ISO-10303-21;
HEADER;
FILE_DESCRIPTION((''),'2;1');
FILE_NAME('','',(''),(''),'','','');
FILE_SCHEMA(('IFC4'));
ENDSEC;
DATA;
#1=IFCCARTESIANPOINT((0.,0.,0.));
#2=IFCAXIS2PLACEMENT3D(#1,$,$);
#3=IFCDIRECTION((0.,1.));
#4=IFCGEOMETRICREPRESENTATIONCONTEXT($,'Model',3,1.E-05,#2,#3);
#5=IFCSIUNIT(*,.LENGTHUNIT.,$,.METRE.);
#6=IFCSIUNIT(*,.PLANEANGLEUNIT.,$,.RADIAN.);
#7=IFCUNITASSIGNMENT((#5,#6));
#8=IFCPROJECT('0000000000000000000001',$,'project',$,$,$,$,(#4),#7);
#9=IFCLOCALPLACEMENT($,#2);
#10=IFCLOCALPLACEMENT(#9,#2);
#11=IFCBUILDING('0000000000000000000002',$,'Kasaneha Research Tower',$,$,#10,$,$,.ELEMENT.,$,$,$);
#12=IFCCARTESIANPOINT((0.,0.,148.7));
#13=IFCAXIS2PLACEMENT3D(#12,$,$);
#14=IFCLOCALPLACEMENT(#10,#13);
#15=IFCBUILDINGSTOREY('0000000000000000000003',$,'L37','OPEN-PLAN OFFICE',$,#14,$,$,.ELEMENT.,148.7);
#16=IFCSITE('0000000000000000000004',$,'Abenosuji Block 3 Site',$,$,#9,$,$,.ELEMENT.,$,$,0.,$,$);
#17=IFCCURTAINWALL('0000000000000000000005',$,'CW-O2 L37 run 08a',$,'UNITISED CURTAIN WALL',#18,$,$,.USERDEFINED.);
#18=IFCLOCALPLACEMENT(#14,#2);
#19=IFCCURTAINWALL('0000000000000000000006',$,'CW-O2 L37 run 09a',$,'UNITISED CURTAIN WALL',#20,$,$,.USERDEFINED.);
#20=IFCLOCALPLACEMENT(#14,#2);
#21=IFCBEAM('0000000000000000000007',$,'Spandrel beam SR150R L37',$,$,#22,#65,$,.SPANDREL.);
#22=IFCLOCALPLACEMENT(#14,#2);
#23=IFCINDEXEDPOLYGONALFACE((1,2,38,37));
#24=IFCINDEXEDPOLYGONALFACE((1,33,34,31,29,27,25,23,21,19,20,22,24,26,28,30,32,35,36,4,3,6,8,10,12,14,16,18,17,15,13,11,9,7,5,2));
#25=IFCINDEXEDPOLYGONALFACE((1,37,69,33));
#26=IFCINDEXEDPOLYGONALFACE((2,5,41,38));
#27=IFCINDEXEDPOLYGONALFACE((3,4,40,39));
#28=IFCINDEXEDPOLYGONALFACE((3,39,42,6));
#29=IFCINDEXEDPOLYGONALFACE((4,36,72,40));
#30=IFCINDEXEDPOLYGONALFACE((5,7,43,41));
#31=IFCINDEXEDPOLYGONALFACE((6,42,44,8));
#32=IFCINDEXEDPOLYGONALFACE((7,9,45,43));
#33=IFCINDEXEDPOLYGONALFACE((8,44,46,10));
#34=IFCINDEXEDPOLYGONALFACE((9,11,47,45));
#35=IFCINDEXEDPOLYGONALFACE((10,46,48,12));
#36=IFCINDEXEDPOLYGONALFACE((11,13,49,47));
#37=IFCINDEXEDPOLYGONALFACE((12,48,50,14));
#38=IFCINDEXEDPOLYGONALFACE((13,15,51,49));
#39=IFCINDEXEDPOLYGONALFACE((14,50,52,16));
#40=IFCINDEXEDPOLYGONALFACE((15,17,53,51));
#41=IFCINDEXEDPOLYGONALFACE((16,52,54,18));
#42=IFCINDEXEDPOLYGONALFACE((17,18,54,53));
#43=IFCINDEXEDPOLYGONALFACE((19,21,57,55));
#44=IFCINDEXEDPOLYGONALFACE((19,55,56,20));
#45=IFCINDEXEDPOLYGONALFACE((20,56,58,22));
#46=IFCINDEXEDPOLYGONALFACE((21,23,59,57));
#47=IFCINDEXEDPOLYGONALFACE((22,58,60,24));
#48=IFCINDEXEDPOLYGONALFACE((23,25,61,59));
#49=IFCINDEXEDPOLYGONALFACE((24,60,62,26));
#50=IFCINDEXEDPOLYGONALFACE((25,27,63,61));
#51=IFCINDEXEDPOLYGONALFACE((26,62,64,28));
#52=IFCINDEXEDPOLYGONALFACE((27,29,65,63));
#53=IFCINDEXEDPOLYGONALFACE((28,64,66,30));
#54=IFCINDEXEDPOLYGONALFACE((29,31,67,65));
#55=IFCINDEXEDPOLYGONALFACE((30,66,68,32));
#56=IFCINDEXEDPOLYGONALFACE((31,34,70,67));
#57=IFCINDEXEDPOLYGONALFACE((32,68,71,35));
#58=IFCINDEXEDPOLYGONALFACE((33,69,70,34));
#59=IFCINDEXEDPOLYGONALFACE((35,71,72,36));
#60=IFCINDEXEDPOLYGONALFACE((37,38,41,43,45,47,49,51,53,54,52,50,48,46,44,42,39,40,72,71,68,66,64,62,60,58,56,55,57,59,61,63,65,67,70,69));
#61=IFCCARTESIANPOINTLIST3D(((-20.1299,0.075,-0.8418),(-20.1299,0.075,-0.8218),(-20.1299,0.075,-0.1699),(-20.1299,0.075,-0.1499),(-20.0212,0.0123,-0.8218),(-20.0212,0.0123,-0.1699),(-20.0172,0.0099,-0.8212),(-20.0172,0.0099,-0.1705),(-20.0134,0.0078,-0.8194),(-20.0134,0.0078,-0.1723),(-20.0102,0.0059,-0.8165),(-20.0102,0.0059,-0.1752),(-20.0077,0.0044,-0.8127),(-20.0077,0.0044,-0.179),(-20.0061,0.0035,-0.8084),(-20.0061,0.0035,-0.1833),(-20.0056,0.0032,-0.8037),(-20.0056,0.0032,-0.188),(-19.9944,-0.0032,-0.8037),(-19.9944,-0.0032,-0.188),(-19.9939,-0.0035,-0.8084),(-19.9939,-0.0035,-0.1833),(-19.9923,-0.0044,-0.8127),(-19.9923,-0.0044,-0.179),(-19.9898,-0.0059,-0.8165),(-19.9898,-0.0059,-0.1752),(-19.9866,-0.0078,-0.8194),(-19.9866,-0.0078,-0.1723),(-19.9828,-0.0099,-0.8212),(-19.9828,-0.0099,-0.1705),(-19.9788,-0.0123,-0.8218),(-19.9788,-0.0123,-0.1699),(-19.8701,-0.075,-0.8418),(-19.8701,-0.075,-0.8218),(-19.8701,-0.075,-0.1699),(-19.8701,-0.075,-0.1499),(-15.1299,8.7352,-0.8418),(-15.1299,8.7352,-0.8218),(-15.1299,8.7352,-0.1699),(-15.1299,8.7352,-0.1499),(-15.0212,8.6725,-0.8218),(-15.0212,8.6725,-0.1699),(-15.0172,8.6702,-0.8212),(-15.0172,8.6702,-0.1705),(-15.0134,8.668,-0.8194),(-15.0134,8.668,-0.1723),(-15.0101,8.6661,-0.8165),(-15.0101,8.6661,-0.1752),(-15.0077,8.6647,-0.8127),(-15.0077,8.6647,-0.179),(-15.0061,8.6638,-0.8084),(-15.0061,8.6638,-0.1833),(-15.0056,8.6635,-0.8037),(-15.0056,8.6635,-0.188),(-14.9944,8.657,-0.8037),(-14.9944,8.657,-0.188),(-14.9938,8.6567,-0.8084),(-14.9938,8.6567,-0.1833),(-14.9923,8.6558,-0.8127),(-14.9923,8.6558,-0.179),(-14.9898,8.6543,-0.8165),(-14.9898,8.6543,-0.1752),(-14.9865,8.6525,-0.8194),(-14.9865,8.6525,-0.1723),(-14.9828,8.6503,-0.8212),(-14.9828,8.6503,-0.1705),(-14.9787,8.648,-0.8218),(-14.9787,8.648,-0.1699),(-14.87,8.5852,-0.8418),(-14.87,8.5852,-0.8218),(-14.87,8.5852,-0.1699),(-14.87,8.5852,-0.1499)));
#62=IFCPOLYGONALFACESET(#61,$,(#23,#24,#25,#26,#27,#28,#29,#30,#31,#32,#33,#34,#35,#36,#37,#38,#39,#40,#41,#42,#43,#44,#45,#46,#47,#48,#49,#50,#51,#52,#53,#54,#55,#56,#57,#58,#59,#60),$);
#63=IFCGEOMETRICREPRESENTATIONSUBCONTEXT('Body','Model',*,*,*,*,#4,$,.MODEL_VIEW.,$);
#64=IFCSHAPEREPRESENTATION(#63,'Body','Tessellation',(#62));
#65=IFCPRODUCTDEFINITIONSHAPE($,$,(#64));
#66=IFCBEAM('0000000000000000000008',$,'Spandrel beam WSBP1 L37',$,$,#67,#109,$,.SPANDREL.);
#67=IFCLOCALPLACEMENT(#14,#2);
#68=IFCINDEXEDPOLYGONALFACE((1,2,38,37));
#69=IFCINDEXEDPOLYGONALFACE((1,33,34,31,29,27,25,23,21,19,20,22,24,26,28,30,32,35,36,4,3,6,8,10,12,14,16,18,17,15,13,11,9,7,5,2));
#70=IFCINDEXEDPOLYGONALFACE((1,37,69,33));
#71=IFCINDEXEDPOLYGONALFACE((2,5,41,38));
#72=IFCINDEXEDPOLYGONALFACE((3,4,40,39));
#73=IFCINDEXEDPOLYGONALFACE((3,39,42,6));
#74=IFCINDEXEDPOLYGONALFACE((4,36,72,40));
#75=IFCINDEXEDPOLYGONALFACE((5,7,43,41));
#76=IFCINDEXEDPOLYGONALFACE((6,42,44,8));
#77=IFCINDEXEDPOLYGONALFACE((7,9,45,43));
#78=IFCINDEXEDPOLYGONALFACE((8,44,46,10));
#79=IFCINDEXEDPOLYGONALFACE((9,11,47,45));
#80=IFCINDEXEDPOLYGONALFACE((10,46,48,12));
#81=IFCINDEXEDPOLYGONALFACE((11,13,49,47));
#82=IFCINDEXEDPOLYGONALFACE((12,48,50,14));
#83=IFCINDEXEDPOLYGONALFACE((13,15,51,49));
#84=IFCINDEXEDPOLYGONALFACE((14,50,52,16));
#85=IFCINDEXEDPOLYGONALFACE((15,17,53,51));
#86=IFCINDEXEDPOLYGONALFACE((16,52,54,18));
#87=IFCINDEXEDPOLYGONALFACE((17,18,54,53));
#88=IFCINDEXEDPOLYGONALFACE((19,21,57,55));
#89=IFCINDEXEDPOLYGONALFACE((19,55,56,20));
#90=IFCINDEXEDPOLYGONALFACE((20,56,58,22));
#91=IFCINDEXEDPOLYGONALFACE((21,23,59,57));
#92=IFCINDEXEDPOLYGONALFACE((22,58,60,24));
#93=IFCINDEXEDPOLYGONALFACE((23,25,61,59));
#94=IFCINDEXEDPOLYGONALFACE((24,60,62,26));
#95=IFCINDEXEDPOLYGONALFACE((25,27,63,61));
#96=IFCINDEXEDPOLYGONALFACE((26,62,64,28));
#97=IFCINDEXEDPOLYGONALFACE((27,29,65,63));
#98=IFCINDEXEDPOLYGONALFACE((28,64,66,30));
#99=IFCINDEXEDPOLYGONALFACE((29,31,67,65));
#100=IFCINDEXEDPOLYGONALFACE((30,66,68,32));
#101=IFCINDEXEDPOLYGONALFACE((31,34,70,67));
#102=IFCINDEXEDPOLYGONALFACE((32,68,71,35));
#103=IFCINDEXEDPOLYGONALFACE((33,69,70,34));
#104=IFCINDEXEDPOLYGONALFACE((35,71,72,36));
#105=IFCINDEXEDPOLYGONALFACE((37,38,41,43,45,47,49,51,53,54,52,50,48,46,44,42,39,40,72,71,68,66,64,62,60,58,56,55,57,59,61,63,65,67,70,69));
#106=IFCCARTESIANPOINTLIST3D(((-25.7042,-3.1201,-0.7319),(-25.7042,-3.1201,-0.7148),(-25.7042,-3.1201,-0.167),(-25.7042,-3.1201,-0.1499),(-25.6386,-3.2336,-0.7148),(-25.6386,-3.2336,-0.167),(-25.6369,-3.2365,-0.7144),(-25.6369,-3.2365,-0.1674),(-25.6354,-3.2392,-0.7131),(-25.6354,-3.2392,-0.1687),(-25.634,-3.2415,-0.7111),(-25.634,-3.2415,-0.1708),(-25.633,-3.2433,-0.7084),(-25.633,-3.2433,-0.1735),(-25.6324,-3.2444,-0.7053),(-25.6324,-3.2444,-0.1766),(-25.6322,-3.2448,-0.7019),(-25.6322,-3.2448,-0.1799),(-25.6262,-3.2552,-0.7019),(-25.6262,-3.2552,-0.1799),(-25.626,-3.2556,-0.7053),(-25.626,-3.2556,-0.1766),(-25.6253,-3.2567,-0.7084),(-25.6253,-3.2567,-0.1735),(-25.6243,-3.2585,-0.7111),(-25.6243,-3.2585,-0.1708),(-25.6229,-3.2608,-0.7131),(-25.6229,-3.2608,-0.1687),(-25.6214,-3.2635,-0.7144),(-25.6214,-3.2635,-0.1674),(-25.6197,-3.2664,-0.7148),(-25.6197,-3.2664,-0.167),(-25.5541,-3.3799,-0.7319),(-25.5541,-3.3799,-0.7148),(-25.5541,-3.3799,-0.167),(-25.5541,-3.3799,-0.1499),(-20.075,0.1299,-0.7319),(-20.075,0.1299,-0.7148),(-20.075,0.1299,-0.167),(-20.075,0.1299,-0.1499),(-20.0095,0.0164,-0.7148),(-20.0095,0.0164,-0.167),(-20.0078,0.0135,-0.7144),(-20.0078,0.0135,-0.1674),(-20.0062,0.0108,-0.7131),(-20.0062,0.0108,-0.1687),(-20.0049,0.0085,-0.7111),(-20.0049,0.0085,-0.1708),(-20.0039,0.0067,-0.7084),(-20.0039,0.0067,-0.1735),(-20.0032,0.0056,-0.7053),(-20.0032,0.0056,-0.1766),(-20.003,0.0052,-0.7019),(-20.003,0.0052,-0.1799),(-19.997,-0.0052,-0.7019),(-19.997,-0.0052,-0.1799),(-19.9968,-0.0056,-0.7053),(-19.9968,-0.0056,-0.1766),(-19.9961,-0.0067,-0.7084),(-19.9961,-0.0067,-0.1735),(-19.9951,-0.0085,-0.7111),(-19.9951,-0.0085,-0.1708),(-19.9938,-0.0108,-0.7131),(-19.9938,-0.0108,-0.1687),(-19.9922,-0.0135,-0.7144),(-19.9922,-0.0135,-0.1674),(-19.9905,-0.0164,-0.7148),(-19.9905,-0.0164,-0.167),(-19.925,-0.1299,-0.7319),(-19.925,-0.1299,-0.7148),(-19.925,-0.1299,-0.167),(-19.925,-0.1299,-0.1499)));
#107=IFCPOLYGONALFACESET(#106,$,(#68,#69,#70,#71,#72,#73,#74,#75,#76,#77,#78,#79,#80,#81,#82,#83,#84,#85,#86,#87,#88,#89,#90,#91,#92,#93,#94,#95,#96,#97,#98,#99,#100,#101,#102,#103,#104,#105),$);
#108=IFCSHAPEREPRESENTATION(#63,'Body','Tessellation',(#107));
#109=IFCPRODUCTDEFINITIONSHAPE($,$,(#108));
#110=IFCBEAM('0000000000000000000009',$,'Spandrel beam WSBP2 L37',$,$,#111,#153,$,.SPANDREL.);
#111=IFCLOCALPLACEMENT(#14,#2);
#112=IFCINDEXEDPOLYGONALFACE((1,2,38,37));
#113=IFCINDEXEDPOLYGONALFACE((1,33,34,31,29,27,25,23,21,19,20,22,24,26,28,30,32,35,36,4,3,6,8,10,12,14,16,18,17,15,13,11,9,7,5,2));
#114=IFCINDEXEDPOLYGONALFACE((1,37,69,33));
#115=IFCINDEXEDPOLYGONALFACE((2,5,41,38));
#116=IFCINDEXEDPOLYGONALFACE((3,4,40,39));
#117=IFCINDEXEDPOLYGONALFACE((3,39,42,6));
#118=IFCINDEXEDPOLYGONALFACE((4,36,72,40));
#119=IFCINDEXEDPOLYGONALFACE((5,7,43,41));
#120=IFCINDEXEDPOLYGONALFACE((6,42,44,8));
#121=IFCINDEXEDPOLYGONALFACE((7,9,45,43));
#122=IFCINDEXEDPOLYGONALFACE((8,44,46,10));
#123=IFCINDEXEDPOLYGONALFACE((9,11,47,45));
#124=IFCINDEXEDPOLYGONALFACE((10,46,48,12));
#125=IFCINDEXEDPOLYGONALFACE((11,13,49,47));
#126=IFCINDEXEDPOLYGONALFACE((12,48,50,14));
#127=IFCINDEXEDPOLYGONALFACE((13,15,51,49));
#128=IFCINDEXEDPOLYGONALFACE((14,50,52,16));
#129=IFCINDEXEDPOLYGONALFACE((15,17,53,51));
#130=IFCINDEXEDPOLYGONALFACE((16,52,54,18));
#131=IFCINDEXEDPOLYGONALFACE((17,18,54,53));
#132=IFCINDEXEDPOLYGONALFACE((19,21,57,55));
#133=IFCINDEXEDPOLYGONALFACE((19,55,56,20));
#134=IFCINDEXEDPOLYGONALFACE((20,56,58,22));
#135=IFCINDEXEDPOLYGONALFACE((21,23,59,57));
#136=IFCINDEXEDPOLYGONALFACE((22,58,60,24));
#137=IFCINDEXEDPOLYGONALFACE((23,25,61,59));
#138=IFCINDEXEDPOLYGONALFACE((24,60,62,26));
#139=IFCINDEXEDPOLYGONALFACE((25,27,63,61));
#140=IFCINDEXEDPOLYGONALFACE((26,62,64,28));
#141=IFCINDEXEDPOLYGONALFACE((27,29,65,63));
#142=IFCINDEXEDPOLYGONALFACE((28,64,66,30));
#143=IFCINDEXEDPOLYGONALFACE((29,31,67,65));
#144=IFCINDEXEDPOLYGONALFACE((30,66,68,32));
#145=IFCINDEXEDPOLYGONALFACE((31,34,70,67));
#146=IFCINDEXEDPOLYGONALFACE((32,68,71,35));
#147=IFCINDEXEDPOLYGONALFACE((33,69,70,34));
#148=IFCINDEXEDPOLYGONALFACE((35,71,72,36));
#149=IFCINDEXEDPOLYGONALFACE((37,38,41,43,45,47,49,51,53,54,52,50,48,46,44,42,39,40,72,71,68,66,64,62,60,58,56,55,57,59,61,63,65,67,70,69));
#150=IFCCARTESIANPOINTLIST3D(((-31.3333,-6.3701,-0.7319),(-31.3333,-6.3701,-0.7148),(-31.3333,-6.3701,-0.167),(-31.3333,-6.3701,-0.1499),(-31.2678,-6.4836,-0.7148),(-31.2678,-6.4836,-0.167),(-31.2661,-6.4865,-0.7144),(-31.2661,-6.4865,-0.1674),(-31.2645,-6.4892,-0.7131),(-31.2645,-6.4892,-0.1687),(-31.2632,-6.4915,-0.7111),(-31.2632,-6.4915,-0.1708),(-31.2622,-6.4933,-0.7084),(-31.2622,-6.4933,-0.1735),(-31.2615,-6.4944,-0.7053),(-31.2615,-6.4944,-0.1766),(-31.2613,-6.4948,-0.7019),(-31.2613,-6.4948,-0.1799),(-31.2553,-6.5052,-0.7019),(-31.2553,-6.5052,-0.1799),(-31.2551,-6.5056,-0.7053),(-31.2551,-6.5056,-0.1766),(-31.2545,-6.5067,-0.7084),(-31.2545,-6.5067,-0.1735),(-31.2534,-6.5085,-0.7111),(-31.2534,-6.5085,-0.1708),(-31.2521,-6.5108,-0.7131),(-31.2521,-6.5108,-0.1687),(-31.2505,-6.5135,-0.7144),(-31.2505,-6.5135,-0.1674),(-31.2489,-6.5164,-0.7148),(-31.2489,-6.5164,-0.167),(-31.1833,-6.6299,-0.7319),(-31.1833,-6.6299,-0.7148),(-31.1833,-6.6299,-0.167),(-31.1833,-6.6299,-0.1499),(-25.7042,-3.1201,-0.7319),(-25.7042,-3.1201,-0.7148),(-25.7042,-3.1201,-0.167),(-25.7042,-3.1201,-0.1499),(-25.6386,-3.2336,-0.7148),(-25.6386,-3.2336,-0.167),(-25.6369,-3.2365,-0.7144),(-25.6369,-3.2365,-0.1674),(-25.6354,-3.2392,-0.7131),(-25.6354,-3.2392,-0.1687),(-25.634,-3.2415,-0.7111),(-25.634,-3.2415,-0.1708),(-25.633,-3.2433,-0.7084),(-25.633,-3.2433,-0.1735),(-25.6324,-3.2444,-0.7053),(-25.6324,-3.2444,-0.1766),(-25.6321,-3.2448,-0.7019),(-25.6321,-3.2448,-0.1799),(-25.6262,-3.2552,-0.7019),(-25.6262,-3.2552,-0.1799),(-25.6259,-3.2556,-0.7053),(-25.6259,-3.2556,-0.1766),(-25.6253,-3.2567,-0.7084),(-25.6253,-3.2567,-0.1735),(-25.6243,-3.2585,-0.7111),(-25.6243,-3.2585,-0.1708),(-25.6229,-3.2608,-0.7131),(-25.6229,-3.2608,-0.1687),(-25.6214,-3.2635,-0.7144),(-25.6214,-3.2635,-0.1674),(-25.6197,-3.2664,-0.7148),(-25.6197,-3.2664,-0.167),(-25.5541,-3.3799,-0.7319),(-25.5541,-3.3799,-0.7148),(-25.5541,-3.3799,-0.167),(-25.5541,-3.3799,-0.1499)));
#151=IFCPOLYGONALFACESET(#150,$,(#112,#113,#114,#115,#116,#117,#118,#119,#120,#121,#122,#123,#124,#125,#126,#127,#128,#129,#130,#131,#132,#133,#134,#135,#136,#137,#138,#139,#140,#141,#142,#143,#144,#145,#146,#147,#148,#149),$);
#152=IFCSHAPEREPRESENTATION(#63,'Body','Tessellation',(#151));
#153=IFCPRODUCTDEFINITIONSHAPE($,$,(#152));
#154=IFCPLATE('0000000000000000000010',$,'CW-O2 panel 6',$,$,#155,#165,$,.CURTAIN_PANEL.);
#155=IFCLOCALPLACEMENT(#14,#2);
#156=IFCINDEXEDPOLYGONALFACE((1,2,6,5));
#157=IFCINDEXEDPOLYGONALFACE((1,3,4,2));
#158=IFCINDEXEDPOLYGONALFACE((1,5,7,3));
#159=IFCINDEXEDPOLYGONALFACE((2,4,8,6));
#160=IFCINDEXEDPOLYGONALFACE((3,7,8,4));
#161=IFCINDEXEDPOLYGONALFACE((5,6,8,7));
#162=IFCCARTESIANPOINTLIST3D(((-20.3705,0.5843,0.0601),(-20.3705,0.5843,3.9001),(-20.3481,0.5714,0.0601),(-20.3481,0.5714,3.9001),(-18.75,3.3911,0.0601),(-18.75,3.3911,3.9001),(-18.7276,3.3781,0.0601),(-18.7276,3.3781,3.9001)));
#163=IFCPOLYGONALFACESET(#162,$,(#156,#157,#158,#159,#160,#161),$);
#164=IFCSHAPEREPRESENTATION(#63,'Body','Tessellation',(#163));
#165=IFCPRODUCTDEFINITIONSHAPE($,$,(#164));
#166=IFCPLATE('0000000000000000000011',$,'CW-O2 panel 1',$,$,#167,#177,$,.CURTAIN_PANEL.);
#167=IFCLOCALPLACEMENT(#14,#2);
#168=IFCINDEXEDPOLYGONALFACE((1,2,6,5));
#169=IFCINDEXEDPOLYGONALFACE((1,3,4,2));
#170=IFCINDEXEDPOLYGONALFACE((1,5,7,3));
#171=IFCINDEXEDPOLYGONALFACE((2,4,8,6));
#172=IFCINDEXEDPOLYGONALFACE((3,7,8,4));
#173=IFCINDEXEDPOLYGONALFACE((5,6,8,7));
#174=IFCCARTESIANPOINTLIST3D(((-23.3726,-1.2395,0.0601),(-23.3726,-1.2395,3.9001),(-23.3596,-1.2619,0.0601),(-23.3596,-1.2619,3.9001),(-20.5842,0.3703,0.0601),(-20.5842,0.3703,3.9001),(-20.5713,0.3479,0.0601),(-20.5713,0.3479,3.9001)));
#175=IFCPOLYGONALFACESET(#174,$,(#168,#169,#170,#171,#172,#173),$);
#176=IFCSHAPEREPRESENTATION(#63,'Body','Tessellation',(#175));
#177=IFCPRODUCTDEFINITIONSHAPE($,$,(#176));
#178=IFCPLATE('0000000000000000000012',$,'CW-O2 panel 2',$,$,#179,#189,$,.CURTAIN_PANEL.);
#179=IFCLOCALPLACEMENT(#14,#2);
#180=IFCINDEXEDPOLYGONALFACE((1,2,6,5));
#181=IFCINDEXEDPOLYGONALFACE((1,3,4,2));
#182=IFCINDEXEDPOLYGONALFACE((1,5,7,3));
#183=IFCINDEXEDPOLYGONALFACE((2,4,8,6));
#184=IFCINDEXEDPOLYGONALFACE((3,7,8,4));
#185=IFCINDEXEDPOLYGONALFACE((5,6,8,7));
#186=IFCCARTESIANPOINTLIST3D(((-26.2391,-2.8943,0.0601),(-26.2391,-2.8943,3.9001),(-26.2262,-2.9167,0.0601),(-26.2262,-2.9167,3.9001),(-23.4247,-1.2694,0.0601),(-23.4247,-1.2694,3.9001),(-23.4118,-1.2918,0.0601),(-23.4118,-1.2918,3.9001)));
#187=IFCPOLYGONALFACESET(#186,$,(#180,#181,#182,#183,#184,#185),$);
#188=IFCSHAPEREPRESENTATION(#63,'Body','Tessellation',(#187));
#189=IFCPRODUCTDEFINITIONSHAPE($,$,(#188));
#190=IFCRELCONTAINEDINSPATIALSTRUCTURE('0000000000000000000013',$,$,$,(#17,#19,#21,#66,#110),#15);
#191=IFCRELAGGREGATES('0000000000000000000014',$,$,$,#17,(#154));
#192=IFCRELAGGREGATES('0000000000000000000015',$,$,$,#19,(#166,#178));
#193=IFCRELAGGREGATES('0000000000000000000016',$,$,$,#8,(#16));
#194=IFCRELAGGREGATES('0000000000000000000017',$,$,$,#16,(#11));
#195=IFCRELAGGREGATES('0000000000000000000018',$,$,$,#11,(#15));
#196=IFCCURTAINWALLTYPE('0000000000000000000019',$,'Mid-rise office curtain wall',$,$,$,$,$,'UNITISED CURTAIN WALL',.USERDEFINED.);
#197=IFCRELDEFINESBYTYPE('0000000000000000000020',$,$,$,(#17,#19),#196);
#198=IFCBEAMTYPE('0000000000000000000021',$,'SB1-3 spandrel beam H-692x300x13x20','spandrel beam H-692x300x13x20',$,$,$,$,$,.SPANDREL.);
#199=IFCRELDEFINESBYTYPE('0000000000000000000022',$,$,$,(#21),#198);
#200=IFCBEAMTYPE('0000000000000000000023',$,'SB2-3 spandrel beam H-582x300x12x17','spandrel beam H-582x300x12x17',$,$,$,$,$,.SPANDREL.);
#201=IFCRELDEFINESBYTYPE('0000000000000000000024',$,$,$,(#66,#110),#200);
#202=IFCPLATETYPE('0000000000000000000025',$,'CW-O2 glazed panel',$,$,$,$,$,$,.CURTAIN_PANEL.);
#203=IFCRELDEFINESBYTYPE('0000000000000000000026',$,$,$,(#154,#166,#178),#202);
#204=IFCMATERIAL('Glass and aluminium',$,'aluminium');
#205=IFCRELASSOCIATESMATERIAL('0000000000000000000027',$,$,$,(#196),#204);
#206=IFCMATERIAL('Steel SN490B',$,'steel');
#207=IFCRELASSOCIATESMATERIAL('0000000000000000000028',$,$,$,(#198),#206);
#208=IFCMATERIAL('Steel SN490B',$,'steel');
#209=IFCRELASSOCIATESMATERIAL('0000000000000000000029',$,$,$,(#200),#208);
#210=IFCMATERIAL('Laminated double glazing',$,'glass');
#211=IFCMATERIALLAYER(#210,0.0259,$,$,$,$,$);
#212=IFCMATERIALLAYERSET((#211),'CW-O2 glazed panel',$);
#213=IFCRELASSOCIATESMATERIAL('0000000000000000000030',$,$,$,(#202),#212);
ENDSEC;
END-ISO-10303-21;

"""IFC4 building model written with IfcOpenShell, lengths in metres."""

from ifc_helpers import new_model, si_unit, direction, frame, origin, origin_2d, place, context, subcontext, project, spatial, rectangle, i_section, extrude, material, layer, layer_set, material_profile, profile_set, type_object, element, aggregate, save


model = new_model("IFC4")

# Units and contexts
model_context = context("Model", 3, precision=1e-05, world=origin(), true_north=direction((0.0, 1.0)))
body_context = subcontext(model_context, "Body", "Model", "MODEL_VIEW")
ifc_project = project(units=[si_unit("LENGTHUNIT", "METRE"), si_unit("PLANEANGLEUNIT", "RADIAN")], contexts=[model_context])

# Site, building, storey
site_placement = place(None, origin())
site = spatial("IfcSite", under=ifc_project, at=site_placement, Name="Abenosuji Block 3 Site", CompositionType="ELEMENT", RefElevation=0.0)
building_placement = place(site_placement, origin())
building = spatial("IfcBuilding", under=site, at=building_placement, Name="Kasaneha Research Tower", CompositionType="ELEMENT")
storey_placement = place(building_placement, frame((0.0, 0.0, 148.7)))
storey = spatial("IfcBuildingStorey", under=building, at=storey_placement, Name="L37", Description="OPEN-PLAN OFFICE", CompositionType="ELEMENT", Elevation=148.7)

# Curtain wall
ifc_material_1 = material(Name="Glass and aluminium", Category="aluminium")
curtain_wall_type = type_object("IfcCurtainWallType", Name="Mid-rise office curtain wall", ElementType="UNITISED CURTAIN WALL", PredefinedType="USERDEFINED", material=ifc_material_1)
curtain_wall_1_placement = place(storey_placement, origin())
curtain_wall_1 = element("IfcCurtainWall", 1, at=curtain_wall_1_placement, inside=storey, type_object=curtain_wall_type, Name="CW-O2 L37 run 08a", ObjectType="UNITISED CURTAIN WALL", PredefinedType="USERDEFINED")

# Curtain wall
curtain_wall_2_placement = place(storey_placement, origin())
curtain_wall_2 = element("IfcCurtainWall", 2, at=curtain_wall_2_placement, inside=storey, type_object=curtain_wall_type, Name="CW-O2 L37 run 09a", ObjectType="UNITISED CURTAIN WALL", PredefinedType="USERDEFINED")

# Beams
ifc_material_2 = material(Name="Steel SN490B", Category="steel")
ifc_material_profile_1 = material_profile(ifc_material_2, i_section(OverallWidth=0.3, OverallDepth=0.6919, WebThickness=0.0129, FlangeThickness=0.02, FilletRadius=0.0181, at=origin_2d()), Name="H-692x300x13x20")
ifc_profile_set_1 = profile_set([ifc_material_profile_1], Name="Steel SN490B")
beam_type_1 = type_object("IfcBeamType", Name="SB1-3 spandrel beam H-692x300x13x20", Description="spandrel beam H-692x300x13x20", PredefinedType="SPANDREL", material=ifc_profile_set_1)
beam_1_placement = place(storey_placement, frame((-20.0, 0.0, -0.4958), z_axis=(0.500004, 0.866023, 0.0), x_axis=(-0.866023, 0.500004, 0.0)))
element("IfcBeam", 3, at=beam_1_placement, inside=storey, type_object=beam_type_1, Name="Spandrel beam SR150R L37", PredefinedType="SPANDREL", context=body_context, shape_type="SweptSolid", body=[
    extrude(i_section(OverallWidth=0.3, OverallDepth=0.6919, WebThickness=0.0129, FlangeThickness=0.02, FilletRadius=0.0181, at=origin_2d()), origin(), (0.0, 0.0, 1.0), 10.0),
])
ifc_material_3 = material(Name="Steel SN490B", Category="steel")
ifc_material_profile_2 = material_profile(ifc_material_3, i_section(OverallWidth=0.3, OverallDepth=0.582, WebThickness=0.012, FlangeThickness=0.0171, FilletRadius=0.0129, at=origin_2d()), Name="H-582x300x12x17")
ifc_profile_set_2 = profile_set([ifc_material_profile_2], Name="Steel SN490B")
beam_type_2 = type_object("IfcBeamType", Name="SB2-3 spandrel beam H-582x300x12x17", Description="spandrel beam H-582x300x12x17", PredefinedType="SPANDREL", material=ifc_profile_set_2)
for number, where, z_axis, x_axis, name in (
    (4, (-20.0, 0.0, -0.4409), (-0.866025, -0.500001, 0.0), (0.500001, -0.866025, 0.0), "Spandrel beam WSBP1 L37"),
    (5, (-25.6292, -3.25, -0.4409), (-0.866025, -0.500001, 0.0), (0.500001, -0.866025, 0.0), "Spandrel beam WSBP2 L37"),
):
    element("IfcBeam", number, at=place(storey_placement, frame(where, z_axis=z_axis, x_axis=x_axis)), inside=storey, type_object=beam_type_2, Name=name, PredefinedType="SPANDREL", context=body_context, shape_type="SweptSolid", body=[
        extrude(i_section(OverallWidth=0.3, OverallDepth=0.582, WebThickness=0.012, FlangeThickness=0.0171, FilletRadius=0.0129, at=origin_2d()), origin(), (0.0, 0.0, 1.0), 6.5),
    ])

# Plates
ifc_material_4 = material(Name="Laminated double glazing", Category="glass")
ifc_layer_1 = layer(ifc_material_4, 0.0259)
ifc_layer_set_1 = layer_set([ifc_layer_1], Name="CW-O2 glazed panel")
plate_type = type_object("IfcPlateType", Name="CW-O2 glazed panel", PredefinedType="CURTAIN_PANEL", material=ifc_layer_set_1)
plate_1_placement = place(storey_placement, frame((-19.5491, 1.9812, 0.0601), z_axis=(0.0, 0.0, 1.0), x_axis=(-0.5, -0.866025, 0.0)))
plate_1 = element("IfcPlate", 6, at=plate_1_placement, type_object=plate_type, Name="CW-O2 panel 6", PredefinedType="CURTAIN_PANEL", context=body_context, shape_type="SweptSolid", body=[
    extrude(rectangle(XDim=3.241, YDim=0.0259, at=origin_2d()), origin(), (0.0, 0.0, 1.0), 3.8401),
])
aggregate(curtain_wall_1, [plate_1])
plate_2_placement = place(storey_placement, frame((-21.9719, -0.4458, 0.0601), z_axis=(0.0, 0.0, 1.0), x_axis=(-0.866025, -0.5, 0.0)))
plate_2 = element("IfcPlate", 7, at=plate_2_placement, type_object=plate_type, Name="CW-O2 panel 1", PredefinedType="CURTAIN_PANEL", context=body_context, shape_type="SweptSolid", body=[
    extrude(rectangle(XDim=3.2197, YDim=0.0259, at=origin_2d()), origin(), (0.0, 0.0, 1.0), 3.8401),
])
plate_3_placement = place(storey_placement, frame((-24.8254, -2.093, 0.0601), z_axis=(0.0, 0.0, 1.0), x_axis=(-0.866025, -0.5, 0.0)))
plate_3 = element("IfcPlate", 8, at=plate_3_placement, type_object=plate_type, Name="CW-O2 panel 2", PredefinedType="CURTAIN_PANEL", context=body_context, shape_type="SweptSolid", body=[
    extrude(rectangle(XDim=3.2498, YDim=0.0259, at=origin_2d()), origin(), (0.0, 0.0, 1.0), 3.8401),
])
aggregate(curtain_wall_2, [plate_2, plate_3])

save(model, "model.ifc")
